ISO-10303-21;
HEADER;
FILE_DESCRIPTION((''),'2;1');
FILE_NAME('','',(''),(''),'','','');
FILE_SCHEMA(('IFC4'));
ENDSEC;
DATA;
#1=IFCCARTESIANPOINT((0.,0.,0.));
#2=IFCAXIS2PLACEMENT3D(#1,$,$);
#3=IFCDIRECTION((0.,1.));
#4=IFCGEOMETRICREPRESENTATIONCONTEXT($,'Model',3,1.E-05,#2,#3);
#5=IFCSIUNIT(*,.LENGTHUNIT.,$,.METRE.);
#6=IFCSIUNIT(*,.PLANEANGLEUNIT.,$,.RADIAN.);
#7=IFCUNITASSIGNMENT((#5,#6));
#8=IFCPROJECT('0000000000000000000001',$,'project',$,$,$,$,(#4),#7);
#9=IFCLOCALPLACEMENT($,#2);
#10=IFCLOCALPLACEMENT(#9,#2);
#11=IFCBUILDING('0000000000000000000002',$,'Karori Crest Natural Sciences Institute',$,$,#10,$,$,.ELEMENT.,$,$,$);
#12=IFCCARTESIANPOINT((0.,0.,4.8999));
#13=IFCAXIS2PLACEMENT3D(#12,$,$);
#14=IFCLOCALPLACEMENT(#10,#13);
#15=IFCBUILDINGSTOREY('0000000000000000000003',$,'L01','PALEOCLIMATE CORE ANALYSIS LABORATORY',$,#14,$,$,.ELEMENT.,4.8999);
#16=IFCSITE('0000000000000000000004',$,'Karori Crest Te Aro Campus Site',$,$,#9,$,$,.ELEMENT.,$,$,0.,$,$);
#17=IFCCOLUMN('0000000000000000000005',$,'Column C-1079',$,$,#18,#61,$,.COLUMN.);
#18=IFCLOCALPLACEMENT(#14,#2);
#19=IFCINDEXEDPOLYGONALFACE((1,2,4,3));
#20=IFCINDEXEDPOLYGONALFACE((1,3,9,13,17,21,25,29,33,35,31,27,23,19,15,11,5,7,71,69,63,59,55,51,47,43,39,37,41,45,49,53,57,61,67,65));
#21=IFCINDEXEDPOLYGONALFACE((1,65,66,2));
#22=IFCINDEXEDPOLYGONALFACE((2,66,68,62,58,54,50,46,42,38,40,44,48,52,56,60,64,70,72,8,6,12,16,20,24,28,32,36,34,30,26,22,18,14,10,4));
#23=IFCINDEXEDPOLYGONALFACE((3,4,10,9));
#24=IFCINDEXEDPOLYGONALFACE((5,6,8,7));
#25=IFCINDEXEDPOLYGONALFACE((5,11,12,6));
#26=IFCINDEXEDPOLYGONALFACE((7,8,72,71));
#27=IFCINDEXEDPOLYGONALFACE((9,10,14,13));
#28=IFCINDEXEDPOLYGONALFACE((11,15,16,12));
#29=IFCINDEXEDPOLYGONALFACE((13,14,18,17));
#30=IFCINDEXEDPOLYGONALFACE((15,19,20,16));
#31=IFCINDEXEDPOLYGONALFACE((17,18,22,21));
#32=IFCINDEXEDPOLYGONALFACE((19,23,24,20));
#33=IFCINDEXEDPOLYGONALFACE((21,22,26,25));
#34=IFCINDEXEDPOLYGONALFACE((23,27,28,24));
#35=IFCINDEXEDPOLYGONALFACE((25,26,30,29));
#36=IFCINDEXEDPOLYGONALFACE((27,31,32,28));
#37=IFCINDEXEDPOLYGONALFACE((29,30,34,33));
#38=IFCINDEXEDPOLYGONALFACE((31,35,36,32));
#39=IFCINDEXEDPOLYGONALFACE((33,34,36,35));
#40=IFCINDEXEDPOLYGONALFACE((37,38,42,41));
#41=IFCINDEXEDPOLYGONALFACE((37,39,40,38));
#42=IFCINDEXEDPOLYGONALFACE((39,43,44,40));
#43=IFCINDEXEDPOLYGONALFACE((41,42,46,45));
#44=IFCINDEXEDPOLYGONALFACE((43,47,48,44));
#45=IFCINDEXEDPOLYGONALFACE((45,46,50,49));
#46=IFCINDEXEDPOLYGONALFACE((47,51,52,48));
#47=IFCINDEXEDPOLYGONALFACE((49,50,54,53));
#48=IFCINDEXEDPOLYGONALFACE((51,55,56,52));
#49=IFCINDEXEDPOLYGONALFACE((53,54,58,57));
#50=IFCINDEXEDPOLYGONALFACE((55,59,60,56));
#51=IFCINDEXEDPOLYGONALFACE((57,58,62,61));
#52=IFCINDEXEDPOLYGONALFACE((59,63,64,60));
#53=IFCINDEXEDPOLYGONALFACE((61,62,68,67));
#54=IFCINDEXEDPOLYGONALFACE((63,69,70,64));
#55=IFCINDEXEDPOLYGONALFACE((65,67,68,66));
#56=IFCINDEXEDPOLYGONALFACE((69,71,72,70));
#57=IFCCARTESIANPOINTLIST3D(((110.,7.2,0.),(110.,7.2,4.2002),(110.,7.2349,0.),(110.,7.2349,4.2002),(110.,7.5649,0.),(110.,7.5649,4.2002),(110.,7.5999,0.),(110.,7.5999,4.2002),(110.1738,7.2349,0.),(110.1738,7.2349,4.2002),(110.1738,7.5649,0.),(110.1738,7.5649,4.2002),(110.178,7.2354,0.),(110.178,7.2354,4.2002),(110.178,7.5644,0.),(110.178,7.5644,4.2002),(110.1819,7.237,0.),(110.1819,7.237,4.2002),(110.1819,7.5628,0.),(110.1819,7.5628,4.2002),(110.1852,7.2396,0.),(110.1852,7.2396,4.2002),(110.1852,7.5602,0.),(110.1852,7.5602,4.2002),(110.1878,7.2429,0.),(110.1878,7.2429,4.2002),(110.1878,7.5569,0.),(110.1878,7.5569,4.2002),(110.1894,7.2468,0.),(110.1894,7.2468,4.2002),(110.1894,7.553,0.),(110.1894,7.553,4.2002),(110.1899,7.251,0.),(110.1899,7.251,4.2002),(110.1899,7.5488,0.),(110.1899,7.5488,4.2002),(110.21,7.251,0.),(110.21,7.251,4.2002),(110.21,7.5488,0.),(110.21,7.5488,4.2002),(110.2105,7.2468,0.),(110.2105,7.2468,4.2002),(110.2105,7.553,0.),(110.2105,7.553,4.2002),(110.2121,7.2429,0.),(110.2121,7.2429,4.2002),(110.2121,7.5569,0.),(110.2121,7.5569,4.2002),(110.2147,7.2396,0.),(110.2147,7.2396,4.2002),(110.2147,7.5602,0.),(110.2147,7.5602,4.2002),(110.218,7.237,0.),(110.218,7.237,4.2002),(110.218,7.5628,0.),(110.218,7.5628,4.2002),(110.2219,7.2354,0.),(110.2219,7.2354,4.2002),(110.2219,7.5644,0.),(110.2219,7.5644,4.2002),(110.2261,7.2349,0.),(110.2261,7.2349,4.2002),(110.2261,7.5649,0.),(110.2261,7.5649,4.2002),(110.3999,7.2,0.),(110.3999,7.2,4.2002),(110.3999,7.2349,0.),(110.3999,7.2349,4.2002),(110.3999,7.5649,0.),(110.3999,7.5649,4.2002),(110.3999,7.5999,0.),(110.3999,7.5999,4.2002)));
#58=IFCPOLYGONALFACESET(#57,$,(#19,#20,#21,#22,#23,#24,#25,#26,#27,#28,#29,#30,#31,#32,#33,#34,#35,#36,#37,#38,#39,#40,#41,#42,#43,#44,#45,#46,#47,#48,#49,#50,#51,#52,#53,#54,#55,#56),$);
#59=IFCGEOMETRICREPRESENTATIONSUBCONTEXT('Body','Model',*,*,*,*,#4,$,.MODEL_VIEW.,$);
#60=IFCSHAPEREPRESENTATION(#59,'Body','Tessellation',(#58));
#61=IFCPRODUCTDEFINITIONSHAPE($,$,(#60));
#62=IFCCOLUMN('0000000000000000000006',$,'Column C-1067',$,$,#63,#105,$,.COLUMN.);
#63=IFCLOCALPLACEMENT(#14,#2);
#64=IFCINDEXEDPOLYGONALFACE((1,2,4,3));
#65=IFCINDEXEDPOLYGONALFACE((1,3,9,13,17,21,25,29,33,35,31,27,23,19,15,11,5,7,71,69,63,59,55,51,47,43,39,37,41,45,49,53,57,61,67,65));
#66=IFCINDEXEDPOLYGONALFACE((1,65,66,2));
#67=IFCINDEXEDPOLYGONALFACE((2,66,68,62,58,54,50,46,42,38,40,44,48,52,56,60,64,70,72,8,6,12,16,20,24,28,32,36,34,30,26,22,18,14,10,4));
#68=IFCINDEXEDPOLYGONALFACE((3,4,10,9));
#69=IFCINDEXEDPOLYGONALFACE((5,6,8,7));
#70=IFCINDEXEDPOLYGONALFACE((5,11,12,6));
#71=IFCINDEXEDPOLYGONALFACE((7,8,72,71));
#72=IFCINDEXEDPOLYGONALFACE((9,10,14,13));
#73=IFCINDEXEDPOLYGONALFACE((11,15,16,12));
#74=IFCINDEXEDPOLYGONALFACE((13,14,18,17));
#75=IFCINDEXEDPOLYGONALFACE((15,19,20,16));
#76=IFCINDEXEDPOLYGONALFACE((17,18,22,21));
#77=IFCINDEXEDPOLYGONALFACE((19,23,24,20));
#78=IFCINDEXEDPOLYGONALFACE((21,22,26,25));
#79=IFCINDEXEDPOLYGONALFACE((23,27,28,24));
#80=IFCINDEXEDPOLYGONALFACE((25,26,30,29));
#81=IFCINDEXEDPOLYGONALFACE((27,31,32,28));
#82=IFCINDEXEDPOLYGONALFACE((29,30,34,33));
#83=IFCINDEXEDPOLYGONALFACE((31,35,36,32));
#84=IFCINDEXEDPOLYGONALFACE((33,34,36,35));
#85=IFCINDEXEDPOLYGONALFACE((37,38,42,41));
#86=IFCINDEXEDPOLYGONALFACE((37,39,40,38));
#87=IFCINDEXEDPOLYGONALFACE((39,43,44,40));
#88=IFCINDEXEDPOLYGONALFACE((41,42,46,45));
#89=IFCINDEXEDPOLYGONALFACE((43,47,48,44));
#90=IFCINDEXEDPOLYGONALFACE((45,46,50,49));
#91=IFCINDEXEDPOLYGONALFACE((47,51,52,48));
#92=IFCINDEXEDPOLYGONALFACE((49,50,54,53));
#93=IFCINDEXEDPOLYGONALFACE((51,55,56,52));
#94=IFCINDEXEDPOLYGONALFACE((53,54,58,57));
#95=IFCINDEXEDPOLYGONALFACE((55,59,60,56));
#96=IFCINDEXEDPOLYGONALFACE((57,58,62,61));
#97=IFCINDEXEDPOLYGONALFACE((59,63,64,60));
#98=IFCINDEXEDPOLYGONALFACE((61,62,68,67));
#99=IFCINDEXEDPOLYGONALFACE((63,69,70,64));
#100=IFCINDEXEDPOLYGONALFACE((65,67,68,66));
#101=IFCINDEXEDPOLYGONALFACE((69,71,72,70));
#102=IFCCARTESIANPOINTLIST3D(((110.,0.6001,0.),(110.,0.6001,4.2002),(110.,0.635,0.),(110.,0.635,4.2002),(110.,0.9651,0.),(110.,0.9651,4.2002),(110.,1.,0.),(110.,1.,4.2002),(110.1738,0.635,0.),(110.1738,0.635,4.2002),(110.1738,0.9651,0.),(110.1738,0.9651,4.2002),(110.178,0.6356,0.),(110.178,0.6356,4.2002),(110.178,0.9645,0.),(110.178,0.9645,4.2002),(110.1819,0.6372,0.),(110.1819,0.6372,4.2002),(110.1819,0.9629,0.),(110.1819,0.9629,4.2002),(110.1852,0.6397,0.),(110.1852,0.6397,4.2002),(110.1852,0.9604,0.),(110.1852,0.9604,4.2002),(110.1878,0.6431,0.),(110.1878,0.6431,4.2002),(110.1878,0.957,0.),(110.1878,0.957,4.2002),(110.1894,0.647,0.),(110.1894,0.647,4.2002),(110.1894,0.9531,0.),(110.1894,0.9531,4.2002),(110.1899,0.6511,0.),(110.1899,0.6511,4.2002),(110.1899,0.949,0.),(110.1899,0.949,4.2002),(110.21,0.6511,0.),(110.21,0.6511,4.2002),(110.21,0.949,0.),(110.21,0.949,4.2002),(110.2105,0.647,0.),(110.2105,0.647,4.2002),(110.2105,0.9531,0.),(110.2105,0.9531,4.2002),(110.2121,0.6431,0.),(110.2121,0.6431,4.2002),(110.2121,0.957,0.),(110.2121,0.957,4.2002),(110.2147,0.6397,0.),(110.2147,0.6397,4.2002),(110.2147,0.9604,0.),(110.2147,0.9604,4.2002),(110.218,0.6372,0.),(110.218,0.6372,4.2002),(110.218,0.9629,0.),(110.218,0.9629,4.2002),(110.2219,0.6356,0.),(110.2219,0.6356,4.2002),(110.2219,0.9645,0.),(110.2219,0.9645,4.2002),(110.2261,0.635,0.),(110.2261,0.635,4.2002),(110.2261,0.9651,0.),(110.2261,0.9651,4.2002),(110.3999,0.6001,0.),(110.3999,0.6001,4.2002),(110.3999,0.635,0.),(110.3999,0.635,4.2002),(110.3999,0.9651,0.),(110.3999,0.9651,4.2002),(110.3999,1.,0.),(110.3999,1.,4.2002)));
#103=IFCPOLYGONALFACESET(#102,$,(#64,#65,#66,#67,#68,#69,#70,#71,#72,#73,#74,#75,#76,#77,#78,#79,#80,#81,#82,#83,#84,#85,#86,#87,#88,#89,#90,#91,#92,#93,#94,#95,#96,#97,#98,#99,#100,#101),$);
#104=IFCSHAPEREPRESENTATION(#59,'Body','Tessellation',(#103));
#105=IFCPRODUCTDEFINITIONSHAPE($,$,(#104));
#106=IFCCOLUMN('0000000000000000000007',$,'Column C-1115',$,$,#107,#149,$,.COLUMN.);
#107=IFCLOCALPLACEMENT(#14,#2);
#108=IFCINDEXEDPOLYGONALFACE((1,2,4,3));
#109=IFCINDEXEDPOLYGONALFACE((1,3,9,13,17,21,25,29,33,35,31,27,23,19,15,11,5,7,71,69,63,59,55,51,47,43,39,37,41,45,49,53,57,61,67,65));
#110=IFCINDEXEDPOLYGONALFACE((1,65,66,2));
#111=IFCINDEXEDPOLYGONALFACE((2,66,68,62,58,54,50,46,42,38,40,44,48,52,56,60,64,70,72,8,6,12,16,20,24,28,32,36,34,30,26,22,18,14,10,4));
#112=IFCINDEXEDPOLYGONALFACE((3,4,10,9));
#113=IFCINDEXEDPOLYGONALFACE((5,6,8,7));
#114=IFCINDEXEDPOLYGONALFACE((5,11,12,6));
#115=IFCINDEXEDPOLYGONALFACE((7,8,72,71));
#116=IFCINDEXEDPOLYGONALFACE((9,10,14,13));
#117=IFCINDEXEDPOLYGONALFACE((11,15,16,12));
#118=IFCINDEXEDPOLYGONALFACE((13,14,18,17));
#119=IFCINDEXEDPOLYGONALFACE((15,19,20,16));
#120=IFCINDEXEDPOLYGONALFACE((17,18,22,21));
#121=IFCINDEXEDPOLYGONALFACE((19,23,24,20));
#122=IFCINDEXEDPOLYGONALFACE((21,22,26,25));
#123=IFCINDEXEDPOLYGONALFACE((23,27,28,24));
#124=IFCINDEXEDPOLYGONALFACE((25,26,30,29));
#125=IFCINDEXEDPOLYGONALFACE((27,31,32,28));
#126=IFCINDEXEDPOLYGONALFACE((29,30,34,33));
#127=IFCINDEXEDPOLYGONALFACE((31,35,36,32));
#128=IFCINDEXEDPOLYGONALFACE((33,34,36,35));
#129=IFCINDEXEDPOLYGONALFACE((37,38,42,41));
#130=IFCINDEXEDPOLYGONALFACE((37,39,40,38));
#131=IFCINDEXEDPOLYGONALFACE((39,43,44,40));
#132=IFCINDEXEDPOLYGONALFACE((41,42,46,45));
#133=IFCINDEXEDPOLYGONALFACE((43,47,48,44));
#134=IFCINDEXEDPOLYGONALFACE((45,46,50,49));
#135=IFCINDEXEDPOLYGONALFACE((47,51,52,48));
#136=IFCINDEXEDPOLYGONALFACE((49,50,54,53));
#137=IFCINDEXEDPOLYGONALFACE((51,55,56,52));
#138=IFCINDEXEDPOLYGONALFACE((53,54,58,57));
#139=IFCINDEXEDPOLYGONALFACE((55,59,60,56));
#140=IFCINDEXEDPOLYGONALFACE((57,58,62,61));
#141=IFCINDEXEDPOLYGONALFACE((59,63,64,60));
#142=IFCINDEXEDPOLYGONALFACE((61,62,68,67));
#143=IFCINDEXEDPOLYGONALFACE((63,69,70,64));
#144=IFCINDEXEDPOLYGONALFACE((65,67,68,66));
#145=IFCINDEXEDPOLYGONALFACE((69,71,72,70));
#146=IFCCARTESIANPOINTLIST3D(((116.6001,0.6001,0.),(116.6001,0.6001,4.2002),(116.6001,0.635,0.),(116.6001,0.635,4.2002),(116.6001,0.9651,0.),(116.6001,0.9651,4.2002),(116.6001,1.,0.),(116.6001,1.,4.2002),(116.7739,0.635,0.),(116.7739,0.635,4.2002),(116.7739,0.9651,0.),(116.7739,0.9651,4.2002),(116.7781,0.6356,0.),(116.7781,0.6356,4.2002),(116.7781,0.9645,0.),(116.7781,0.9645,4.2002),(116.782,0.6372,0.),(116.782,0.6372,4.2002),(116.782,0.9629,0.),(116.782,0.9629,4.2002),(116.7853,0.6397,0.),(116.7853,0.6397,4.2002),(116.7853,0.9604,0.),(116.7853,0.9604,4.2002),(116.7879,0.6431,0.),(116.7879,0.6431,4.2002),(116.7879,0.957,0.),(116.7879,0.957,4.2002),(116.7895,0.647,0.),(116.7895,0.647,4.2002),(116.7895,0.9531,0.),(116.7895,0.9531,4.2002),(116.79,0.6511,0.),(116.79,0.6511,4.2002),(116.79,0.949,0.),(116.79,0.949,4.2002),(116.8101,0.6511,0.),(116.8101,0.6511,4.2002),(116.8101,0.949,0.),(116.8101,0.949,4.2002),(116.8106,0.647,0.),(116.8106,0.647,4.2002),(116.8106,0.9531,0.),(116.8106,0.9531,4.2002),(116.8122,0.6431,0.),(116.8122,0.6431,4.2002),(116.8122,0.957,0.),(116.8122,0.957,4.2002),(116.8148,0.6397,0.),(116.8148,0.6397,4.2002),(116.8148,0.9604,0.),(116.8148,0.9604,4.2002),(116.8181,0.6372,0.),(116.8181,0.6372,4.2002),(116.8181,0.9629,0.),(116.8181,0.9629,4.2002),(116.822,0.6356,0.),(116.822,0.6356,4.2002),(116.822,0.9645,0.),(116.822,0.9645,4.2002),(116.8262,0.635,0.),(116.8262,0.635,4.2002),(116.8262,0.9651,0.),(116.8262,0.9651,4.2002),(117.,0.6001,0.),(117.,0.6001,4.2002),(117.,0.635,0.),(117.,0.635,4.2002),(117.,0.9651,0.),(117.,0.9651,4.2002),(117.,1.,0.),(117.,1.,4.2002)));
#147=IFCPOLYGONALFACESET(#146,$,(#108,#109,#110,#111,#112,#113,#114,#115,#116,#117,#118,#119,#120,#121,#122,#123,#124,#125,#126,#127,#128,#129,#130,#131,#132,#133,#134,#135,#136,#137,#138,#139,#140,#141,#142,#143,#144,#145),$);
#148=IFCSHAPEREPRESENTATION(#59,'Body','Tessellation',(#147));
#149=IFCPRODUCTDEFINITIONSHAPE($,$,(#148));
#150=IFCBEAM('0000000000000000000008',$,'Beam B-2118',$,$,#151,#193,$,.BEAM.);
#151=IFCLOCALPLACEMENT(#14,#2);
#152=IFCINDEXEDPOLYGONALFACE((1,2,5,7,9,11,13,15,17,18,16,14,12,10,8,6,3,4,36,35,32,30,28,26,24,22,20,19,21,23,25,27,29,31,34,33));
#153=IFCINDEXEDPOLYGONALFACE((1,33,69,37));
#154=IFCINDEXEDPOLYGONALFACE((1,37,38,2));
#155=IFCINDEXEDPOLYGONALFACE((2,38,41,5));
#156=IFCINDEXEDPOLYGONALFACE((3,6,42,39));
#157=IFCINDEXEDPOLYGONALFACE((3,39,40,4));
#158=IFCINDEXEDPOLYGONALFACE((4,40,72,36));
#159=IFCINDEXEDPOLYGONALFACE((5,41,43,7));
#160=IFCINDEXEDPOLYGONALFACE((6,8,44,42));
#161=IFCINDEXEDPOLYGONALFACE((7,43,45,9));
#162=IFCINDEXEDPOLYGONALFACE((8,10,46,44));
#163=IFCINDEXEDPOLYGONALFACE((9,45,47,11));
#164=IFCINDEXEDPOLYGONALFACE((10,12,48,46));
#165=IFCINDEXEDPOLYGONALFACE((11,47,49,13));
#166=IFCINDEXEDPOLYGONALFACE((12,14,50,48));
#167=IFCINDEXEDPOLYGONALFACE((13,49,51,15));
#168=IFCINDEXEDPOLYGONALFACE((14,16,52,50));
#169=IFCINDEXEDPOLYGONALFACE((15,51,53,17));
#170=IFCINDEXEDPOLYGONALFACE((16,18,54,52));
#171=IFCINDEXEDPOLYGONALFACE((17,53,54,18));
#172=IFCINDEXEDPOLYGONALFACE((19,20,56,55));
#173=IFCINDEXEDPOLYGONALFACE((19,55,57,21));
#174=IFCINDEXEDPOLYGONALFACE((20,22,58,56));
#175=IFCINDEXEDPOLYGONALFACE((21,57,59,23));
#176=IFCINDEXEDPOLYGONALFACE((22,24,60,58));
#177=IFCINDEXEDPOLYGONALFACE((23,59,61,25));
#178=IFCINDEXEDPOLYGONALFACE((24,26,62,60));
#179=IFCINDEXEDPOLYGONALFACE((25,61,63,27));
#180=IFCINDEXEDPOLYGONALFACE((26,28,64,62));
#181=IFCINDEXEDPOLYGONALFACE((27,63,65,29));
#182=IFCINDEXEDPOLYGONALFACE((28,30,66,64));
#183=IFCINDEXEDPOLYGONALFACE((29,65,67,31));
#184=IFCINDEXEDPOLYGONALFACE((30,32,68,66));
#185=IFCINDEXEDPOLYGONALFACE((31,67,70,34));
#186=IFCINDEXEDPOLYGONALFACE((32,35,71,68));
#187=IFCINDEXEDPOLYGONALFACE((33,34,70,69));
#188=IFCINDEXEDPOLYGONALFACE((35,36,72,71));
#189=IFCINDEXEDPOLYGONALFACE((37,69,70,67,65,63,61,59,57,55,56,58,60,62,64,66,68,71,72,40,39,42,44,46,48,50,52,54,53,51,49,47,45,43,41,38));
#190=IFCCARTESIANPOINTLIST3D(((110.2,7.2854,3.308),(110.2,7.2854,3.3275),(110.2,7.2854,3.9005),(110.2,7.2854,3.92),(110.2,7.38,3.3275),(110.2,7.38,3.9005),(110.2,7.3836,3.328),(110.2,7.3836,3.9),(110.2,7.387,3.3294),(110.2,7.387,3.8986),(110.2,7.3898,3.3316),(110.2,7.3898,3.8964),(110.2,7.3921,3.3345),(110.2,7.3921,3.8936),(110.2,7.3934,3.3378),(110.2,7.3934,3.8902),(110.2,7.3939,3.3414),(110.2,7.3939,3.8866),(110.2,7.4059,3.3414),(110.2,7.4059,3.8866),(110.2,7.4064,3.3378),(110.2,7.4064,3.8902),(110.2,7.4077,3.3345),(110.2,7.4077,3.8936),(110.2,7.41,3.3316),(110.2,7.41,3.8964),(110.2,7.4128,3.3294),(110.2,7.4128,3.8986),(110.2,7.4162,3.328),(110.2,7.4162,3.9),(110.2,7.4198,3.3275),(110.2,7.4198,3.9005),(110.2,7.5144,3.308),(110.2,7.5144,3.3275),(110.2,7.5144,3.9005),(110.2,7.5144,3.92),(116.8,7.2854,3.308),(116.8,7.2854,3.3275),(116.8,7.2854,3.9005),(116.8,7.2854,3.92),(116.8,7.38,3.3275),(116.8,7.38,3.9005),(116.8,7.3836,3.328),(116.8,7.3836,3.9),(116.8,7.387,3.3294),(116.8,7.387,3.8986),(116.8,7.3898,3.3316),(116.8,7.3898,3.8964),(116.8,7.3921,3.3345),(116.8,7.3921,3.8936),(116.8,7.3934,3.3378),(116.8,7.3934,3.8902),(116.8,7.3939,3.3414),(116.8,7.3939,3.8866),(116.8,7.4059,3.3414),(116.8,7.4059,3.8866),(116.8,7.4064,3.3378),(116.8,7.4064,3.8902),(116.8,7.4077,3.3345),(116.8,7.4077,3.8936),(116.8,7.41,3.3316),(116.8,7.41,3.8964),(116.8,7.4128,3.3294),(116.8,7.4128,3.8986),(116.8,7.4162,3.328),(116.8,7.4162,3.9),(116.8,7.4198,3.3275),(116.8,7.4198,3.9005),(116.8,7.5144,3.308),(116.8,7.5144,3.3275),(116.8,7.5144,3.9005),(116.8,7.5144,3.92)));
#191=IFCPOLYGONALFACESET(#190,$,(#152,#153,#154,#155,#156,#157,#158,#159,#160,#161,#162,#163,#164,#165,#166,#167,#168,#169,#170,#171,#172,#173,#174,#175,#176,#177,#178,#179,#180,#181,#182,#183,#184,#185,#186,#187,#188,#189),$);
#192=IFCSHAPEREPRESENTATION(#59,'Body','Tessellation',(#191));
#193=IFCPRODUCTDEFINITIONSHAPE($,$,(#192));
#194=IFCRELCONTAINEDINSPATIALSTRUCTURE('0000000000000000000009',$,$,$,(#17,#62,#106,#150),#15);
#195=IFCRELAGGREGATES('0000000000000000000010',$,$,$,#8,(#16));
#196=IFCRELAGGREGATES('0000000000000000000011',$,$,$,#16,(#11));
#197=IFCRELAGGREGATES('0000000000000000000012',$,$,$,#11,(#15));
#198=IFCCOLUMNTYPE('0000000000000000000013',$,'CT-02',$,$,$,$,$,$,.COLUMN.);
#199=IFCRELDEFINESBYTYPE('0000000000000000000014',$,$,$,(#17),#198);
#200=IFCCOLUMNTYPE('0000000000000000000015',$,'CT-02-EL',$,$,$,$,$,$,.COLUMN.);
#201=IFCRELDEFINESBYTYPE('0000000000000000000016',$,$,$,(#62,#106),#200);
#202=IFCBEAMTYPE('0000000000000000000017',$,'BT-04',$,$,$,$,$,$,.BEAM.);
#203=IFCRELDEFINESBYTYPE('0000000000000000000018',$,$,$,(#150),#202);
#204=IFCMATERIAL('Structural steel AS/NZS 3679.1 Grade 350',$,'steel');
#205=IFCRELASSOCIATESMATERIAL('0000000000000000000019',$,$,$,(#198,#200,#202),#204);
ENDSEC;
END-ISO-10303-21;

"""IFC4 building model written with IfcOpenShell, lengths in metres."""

from ifc_helpers import new_model, si_unit, direction, frame, origin, origin_2d, place, context, subcontext, project, spatial, i_section, extrude, material, material_profile, profile_set, type_object, element, save


model = new_model("IFC4")

# Units and contexts
model_context = context("Model", 3, precision=1e-05, world=origin(), true_north=direction((0.0, 1.0)))
body_context = subcontext(model_context, "Body", "Model", "MODEL_VIEW")
ifc_project = project(units=[si_unit("LENGTHUNIT", "METRE"), si_unit("PLANEANGLEUNIT", "RADIAN")], contexts=[model_context])

# Site, building, storey
site_placement = place(None, origin())
site = spatial("IfcSite", under=ifc_project, at=site_placement, Name="Karori Crest Te Aro Campus Site", CompositionType="ELEMENT", RefElevation=0.0)
building_placement = place(site_placement, origin())
building = spatial("IfcBuilding", under=site, at=building_placement, Name="Karori Crest Natural Sciences Institute", CompositionType="ELEMENT")
storey_placement = place(building_placement, frame((0.0, 0.0, 4.8999)))
storey = spatial("IfcBuildingStorey", under=building, at=storey_placement, Name="L01", Description="PALEOCLIMATE CORE ANALYSIS LABORATORY", CompositionType="ELEMENT", Elevation=4.8999)

# Columns
ifc_material_1 = material(Name="Structural steel AS/NZS 3679.1 Grade 350", Category="steel")
ifc_material_profile_1 = material_profile(ifc_material_1, i_section(OverallWidth=0.3999, OverallDepth=0.3999, WebThickness=0.02, FlangeThickness=0.0349, FilletRadius=0.0161, at=origin_2d()), Name="400WC328")
ifc_profile_set_1 = profile_set([ifc_material_profile_1], Name="Structural steel AS/NZS 3679.1 Grade 350")
column_type_1 = type_object("IfcColumnType", Name="CT-02", PredefinedType="COLUMN", material=ifc_profile_set_1)
column_placement = place(storey_placement, frame((110.2, 7.3999, 0.0), z_axis=(0.0, 0.0, 1.0), x_axis=(1.0, 0.0, 0.0)))
element("IfcColumn", 1, at=column_placement, inside=storey, type_object=column_type_1, Name="Column C-1079", PredefinedType="COLUMN", context=body_context, shape_type="SweptSolid", body=[
    extrude(i_section(OverallWidth=0.3999, OverallDepth=0.3999, WebThickness=0.02, FlangeThickness=0.0349, FilletRadius=0.0161, at=origin_2d()), origin(), (0.0, 0.0, 1.0), 4.2002),
])
ifc_material_profile_2 = material_profile(ifc_material_1, i_section(OverallWidth=0.3999, OverallDepth=0.3999, WebThickness=0.02, FlangeThickness=0.0349, FilletRadius=0.0161, at=origin_2d()), Name="400WC328")
ifc_profile_set_2 = profile_set([ifc_material_profile_2], Name="Structural steel AS/NZS 3679.1 Grade 350")
column_type_2 = type_object("IfcColumnType", Name="CT-02-EL", PredefinedType="COLUMN", material=ifc_profile_set_2)
for number, where, z_axis, x_axis, name in (
    (2, (110.2, 0.8, 0.0), (0.0, 0.0, 1.0), (1.0, 0.0, 0.0), "Column C-1067"),
    (3, (116.8, 0.8, 0.0), (0.0, 0.0, 1.0), (1.0, 0.0, 0.0), "Column C-1115"),
):
    element("IfcColumn", number, at=place(storey_placement, frame(where, z_axis=z_axis, x_axis=x_axis)), inside=storey, type_object=column_type_2, Name=name, PredefinedType="COLUMN", context=body_context, shape_type="SweptSolid", body=[
        extrude(i_section(OverallWidth=0.3999, OverallDepth=0.3999, WebThickness=0.02, FlangeThickness=0.0349, FilletRadius=0.0161, at=origin_2d()), origin(), (0.0, 0.0, 1.0), 4.2002),
    ])

# Beam
ifc_material_profile_3 = material_profile(ifc_material_1, i_section(OverallWidth=0.229, OverallDepth=0.6121, WebThickness=0.012, FlangeThickness=0.0195, FilletRadius=0.0139, at=origin_2d()), Name="610UB125")
ifc_profile_set_3 = profile_set([ifc_material_profile_3], Name="Structural steel AS/NZS 3679.1 Grade 350")
beam_type_1 = type_object("IfcBeamType", Name="BT-04", PredefinedType="BEAM", material=ifc_profile_set_3)
beam_1_placement = place(storey_placement, frame((110.2, 7.3999, 3.614), z_axis=(1.0, 0.0, 0.0), x_axis=(0.0, 1.0, 0.0)))
element("IfcBeam", 4, at=beam_1_placement, inside=storey, type_object=beam_type_1, Name="Beam B-2118", PredefinedType="BEAM", context=body_context, shape_type="SweptSolid", body=[
    extrude(i_section(OverallWidth=0.229, OverallDepth=0.6121, WebThickness=0.012, FlangeThickness=0.0195, FilletRadius=0.0139, at=origin_2d()), origin(), (0.0, 0.0, 1.0), 6.6001),
])

save(model, "model.ifc")
